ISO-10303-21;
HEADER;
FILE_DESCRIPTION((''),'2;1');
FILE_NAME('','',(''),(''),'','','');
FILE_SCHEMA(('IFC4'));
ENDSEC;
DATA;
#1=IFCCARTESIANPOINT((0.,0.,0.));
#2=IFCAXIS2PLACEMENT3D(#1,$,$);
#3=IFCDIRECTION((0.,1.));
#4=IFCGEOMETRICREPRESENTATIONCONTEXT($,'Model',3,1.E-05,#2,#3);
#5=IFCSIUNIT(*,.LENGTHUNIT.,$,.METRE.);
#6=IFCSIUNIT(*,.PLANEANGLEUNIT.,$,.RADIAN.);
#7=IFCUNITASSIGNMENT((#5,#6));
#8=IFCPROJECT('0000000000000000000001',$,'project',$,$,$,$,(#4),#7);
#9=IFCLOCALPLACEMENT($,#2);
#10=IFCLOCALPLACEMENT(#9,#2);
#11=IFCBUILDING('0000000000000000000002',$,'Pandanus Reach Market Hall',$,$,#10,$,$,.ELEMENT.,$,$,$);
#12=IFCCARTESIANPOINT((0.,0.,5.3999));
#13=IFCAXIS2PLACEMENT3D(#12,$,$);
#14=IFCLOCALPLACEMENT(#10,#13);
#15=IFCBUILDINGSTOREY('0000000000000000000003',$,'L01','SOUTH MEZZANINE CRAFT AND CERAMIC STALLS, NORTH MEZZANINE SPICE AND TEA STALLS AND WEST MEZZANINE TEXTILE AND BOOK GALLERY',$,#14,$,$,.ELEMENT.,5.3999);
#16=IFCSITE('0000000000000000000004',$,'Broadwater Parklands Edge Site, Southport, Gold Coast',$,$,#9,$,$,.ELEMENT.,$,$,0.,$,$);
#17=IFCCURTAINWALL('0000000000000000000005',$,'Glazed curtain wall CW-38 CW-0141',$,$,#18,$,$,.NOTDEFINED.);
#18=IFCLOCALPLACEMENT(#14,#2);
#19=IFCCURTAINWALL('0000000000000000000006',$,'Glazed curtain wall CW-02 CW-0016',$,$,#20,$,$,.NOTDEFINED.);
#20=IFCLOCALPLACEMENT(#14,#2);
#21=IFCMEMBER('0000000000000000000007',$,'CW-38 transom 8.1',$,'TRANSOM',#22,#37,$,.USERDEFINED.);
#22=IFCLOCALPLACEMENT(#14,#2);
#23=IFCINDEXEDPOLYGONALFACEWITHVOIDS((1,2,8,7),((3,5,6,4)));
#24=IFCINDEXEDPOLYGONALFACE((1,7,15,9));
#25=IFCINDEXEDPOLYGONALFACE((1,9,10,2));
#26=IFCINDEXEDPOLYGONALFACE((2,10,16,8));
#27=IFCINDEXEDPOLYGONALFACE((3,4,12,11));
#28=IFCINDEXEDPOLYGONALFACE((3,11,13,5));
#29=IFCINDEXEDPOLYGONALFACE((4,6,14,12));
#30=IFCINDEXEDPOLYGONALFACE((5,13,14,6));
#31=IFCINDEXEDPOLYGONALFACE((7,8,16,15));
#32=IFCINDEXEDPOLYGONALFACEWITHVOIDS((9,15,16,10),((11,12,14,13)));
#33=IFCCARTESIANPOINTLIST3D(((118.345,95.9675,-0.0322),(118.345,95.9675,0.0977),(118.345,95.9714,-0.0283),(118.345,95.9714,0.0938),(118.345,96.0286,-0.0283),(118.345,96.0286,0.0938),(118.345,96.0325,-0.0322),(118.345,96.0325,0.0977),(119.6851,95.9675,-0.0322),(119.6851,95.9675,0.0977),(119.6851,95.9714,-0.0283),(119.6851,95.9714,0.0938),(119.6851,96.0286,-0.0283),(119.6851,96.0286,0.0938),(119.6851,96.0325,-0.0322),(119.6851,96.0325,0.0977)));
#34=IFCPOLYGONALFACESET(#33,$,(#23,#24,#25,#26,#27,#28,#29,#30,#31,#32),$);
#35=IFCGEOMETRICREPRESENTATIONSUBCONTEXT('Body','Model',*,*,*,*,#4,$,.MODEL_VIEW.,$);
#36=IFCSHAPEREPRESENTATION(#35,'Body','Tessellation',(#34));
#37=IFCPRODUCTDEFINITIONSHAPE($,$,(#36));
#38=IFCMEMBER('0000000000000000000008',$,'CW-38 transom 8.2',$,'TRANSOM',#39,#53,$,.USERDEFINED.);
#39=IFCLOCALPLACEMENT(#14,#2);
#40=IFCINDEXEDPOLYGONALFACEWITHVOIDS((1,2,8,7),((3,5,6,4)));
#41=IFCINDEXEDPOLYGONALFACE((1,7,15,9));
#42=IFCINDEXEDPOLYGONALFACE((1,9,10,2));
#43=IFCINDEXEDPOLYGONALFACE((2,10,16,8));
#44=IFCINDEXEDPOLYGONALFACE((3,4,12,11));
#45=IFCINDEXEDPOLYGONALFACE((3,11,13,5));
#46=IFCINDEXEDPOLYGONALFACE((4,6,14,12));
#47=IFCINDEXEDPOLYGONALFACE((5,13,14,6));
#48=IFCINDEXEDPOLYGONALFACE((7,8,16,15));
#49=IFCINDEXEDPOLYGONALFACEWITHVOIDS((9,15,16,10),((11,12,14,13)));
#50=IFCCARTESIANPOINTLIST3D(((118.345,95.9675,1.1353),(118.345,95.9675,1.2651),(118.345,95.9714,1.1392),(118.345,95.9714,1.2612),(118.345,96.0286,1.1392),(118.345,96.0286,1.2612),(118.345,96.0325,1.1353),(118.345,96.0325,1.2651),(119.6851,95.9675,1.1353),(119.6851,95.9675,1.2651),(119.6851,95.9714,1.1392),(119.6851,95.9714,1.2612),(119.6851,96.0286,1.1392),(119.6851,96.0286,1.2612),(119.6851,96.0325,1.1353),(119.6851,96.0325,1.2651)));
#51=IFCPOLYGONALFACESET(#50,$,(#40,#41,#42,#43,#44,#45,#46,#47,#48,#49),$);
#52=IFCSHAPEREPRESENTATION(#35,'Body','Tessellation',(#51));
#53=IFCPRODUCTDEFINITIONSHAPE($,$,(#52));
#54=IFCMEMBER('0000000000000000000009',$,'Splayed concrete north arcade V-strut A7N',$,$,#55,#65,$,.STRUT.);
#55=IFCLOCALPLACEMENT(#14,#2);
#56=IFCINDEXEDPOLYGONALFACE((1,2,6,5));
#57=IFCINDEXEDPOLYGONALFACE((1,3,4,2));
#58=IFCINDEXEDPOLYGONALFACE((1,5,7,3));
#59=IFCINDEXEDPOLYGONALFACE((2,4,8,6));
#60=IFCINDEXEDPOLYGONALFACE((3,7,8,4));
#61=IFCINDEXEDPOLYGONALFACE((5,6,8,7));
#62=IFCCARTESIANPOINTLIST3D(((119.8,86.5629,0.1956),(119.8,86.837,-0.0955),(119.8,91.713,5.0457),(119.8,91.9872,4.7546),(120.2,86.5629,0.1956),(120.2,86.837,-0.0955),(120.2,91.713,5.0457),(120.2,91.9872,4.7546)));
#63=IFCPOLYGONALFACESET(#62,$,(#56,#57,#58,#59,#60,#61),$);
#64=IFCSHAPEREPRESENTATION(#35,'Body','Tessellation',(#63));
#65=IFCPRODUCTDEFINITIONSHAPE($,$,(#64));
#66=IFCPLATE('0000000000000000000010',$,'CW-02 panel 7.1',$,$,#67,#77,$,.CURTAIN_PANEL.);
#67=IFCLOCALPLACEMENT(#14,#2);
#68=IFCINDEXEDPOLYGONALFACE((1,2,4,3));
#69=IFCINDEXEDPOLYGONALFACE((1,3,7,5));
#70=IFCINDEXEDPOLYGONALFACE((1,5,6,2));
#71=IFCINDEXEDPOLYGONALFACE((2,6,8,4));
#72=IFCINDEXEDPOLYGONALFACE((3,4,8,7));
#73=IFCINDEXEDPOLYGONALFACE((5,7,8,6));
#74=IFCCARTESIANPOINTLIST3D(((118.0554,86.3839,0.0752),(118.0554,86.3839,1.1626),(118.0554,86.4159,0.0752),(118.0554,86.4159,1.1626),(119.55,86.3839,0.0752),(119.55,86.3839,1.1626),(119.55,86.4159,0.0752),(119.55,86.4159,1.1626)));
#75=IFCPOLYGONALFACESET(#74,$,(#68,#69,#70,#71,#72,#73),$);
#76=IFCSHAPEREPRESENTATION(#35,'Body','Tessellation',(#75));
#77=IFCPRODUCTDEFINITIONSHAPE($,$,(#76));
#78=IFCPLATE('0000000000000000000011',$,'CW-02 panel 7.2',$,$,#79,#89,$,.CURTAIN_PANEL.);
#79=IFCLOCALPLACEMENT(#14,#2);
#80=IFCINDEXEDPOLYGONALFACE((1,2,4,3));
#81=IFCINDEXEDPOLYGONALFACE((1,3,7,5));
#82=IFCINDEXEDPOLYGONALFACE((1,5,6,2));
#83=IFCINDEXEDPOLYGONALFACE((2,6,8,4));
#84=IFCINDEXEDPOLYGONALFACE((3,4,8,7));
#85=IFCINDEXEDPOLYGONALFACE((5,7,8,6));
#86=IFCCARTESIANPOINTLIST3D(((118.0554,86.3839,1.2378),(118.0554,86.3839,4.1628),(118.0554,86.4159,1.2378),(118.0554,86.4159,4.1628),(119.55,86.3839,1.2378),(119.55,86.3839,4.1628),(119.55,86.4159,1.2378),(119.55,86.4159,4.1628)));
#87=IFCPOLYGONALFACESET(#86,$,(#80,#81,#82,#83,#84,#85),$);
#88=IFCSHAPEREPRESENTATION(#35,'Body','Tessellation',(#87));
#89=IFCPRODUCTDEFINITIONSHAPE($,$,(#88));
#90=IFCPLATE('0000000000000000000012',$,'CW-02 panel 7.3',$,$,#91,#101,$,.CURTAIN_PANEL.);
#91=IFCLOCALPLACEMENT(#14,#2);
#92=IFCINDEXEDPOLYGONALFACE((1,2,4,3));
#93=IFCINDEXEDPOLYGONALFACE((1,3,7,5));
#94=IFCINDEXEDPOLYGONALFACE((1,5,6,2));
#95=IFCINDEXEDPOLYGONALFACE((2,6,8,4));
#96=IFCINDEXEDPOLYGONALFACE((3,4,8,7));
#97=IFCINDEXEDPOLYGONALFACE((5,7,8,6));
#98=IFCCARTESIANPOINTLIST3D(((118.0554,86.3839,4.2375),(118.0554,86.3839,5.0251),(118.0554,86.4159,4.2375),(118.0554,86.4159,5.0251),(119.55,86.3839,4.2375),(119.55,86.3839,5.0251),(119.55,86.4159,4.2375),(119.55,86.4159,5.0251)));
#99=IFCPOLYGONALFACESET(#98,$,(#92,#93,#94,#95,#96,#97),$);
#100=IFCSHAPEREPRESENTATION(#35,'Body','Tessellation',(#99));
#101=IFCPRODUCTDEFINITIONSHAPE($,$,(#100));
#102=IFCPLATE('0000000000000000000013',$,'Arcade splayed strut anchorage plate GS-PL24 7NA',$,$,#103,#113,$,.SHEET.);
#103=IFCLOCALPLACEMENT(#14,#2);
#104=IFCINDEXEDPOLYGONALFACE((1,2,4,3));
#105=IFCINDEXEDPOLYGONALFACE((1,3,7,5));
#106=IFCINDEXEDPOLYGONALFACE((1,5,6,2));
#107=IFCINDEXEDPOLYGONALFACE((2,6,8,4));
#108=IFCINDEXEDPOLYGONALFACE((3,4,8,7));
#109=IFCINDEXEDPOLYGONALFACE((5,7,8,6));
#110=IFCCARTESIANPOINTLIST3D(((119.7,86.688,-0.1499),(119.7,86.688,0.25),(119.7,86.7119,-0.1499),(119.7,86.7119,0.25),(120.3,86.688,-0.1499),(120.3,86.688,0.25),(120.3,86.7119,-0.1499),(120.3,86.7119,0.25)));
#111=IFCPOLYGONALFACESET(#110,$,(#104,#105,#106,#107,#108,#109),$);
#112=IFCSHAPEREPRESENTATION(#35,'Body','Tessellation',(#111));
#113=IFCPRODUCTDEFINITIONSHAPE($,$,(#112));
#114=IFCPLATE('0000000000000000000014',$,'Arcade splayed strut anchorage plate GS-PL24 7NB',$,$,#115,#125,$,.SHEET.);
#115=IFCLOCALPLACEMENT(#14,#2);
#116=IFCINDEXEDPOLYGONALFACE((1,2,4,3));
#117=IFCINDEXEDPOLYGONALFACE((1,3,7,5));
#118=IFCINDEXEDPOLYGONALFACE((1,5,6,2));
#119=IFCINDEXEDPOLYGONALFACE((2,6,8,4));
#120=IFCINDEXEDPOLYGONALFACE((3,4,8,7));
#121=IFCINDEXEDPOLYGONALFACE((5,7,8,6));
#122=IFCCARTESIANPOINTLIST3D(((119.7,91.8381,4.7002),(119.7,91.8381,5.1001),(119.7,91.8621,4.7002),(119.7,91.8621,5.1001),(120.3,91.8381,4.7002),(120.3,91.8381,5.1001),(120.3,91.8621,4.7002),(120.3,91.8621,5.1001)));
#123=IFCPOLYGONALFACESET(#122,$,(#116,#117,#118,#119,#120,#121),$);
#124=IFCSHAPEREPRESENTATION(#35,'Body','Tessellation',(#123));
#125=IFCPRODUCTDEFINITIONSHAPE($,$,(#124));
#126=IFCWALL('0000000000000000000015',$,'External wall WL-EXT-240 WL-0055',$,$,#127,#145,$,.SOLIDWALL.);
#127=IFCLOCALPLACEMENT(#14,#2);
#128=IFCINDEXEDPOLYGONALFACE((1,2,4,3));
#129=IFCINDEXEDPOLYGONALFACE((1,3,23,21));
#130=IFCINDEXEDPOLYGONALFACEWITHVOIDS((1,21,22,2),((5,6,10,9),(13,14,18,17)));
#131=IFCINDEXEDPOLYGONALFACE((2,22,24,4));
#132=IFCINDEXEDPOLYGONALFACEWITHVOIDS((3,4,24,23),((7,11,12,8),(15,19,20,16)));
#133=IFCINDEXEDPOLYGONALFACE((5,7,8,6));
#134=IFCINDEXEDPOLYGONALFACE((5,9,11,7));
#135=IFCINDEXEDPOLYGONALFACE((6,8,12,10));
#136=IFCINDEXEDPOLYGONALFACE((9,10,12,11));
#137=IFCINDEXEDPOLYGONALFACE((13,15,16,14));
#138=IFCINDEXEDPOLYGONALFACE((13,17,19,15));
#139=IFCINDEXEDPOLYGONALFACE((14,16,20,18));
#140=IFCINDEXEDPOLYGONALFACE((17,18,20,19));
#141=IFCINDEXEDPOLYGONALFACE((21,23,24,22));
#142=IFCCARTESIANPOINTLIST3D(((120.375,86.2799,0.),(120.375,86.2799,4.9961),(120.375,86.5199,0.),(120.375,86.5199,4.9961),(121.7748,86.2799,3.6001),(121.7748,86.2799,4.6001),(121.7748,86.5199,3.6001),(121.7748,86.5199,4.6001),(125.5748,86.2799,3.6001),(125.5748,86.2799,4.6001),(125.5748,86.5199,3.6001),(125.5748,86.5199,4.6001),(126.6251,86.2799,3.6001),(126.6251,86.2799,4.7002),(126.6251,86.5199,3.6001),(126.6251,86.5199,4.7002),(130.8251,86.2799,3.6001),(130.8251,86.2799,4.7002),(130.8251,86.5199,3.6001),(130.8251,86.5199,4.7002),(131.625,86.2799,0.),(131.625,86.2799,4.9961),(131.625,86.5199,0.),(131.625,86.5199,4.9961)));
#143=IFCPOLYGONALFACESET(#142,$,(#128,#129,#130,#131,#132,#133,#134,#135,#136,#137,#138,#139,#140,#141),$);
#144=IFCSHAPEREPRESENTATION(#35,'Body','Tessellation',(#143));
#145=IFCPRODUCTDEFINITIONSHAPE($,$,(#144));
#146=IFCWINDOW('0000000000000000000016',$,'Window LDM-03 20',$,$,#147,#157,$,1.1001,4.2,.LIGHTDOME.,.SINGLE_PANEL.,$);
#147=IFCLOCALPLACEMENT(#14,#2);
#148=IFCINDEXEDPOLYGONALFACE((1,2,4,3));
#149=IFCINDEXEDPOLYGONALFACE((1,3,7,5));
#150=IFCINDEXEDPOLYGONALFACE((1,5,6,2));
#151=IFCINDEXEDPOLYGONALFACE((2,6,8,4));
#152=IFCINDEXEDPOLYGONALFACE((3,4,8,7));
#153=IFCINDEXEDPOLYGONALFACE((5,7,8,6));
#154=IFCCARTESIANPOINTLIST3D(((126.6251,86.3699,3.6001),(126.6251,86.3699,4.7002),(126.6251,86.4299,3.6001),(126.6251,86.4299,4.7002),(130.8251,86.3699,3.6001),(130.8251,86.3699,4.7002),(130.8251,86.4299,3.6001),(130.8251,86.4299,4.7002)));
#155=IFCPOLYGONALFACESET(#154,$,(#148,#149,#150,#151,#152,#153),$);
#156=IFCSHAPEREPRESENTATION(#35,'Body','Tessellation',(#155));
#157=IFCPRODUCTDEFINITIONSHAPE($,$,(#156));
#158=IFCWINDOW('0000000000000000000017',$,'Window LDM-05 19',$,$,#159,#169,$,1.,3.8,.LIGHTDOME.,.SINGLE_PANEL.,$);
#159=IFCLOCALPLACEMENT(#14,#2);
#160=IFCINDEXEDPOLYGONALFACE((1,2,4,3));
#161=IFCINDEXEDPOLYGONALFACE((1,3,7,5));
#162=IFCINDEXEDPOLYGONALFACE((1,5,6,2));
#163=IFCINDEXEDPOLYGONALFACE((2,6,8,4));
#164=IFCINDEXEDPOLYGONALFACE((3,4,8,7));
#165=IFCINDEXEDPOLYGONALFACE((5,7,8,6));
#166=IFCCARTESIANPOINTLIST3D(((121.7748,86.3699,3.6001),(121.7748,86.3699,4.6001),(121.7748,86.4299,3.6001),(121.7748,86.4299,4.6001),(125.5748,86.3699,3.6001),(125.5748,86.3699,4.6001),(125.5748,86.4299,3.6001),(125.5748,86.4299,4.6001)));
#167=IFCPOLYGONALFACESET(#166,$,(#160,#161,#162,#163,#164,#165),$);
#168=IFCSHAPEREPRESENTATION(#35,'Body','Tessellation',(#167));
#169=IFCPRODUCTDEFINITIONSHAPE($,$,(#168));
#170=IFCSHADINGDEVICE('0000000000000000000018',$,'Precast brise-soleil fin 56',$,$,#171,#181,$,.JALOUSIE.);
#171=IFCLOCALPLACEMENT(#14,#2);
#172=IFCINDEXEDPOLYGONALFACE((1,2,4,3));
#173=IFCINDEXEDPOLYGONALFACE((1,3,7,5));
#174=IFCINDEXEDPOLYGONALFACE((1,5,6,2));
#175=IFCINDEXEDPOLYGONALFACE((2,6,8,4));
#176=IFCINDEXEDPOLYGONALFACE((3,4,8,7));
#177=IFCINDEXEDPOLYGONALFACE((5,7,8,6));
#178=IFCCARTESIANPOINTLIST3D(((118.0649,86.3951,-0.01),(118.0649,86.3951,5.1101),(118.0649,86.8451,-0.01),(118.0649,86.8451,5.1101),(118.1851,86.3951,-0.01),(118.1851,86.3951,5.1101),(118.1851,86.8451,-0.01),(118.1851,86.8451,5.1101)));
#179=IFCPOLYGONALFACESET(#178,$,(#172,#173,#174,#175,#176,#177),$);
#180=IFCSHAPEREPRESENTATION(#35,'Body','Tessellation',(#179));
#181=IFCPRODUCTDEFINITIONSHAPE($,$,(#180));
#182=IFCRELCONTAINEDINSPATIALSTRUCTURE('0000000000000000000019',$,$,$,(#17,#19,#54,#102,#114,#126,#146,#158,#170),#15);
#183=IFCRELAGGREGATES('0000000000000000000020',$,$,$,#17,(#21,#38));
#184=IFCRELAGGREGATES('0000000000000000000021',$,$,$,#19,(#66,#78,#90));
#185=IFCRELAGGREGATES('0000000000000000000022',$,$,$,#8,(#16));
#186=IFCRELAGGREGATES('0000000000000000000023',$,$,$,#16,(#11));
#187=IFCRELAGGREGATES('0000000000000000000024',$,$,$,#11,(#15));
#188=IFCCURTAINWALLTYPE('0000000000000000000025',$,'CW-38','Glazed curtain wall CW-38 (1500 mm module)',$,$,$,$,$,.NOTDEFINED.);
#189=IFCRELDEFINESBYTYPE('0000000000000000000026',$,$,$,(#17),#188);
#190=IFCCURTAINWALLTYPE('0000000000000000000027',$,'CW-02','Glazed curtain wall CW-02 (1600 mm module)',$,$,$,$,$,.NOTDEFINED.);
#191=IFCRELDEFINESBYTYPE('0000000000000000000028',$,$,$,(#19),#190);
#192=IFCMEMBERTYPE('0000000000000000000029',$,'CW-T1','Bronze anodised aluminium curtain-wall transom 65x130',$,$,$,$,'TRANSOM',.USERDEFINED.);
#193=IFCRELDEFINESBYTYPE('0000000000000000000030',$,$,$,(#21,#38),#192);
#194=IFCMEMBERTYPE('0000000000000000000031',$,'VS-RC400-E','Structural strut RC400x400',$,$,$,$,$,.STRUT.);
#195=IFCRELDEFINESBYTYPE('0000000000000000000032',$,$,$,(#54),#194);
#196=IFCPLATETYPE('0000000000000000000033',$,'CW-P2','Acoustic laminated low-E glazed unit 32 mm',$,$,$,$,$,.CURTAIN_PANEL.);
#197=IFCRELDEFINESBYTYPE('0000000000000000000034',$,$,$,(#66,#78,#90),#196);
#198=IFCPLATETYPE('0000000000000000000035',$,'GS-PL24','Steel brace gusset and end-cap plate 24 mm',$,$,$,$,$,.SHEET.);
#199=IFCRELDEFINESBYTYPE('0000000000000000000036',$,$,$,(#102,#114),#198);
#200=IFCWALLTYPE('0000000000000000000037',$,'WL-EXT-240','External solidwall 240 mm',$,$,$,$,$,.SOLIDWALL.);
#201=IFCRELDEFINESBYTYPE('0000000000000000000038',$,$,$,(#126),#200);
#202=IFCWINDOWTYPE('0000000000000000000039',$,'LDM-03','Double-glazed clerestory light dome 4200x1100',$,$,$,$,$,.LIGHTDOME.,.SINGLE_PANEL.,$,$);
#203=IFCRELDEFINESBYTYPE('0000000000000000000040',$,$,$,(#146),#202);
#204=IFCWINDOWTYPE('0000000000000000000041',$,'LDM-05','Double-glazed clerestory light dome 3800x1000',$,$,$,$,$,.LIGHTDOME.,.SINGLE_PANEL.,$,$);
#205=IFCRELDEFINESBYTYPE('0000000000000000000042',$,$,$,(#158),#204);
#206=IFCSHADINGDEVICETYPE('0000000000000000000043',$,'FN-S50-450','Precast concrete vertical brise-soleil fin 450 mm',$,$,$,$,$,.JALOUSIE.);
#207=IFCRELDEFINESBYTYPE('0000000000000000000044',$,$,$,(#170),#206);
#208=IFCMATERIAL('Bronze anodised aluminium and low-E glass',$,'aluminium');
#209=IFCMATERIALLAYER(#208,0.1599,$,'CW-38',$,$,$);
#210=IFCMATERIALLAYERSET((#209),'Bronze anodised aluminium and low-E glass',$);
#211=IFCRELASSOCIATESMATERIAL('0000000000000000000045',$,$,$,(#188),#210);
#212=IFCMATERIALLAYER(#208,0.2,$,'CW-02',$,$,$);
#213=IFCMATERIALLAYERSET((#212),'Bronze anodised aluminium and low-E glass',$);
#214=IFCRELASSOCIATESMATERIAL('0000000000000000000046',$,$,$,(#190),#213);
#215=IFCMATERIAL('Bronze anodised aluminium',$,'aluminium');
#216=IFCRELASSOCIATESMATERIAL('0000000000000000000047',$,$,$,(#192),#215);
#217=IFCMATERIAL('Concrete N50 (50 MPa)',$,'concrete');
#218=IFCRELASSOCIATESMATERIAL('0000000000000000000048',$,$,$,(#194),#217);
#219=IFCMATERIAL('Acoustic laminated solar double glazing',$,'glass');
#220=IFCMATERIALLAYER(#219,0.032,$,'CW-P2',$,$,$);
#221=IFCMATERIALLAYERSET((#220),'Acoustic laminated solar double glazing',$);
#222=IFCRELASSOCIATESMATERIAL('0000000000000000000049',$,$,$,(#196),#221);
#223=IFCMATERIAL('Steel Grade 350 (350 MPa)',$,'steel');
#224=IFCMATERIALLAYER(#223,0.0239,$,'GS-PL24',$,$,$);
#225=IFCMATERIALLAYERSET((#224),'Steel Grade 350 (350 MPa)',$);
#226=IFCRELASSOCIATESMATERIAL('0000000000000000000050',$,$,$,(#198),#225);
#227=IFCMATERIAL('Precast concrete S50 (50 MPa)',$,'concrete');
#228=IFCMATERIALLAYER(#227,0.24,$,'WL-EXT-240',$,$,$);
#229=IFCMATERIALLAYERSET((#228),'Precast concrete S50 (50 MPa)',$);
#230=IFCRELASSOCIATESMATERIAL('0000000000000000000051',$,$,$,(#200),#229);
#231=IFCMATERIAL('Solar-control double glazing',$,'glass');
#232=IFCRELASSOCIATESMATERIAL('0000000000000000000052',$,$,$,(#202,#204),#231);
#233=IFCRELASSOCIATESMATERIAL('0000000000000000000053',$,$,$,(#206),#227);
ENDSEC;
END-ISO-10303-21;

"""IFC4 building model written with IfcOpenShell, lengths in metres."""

from ifc_helpers import new_model, si_unit, direction, frame, frame_2d, origin, origin_2d, place, context, subcontext, project, spatial, rectangle, hollow_rectangle, extrude, material, layer, layer_set, material_profile, profile_set, type_object, element, fill, aggregate, save


model = new_model("IFC4")

# Units and contexts
model_context = context("Model", 3, precision=1e-05, world=origin(), true_north=direction((0.0, 1.0)))
body_context = subcontext(model_context, "Body", "Model", "MODEL_VIEW")
ifc_project = project(units=[si_unit("LENGTHUNIT", "METRE"), si_unit("PLANEANGLEUNIT", "RADIAN")], contexts=[model_context])

# Site, building, storey
site_placement = place(None, origin())
site = spatial("IfcSite", under=ifc_project, at=site_placement, Name="Broadwater Parklands Edge Site, Southport, Gold Coast", CompositionType="ELEMENT", RefElevation=0.0)
building_placement = place(site_placement, origin())
building = spatial("IfcBuilding", under=site, at=building_placement, Name="Pandanus Reach Market Hall", CompositionType="ELEMENT")
storey_placement = place(building_placement, frame((0.0, 0.0, 5.3999)))
storey = spatial("IfcBuildingStorey", under=building, at=storey_placement, Name="L01", Description="SOUTH MEZZANINE CRAFT AND CERAMIC STALLS, NORTH MEZZANINE SPICE AND TEA STALLS AND WEST MEZZANINE TEXTILE AND BOOK GALLERY", CompositionType="ELEMENT", Elevation=5.3999)

# Shared definitions
ifc_material_1 = material(Name="Concrete N50 (50 MPa)", Category="concrete")
ifc_material_2 = material(Name="Precast concrete S50 (50 MPa)", Category="concrete")

# Shared definitions
ifc_material_3 = material(Name="Steel Grade 350 (350 MPa)", Category="steel")

# Curtain walls
ifc_material_4 = material(Name="Bronze anodised aluminium and low-E glass", Category="aluminium")
ifc_layer_1 = layer(ifc_material_4, 0.1599, Name="CW-38")
ifc_layer_set_1 = layer_set([ifc_layer_1], Name="Bronze anodised aluminium and low-E glass")
curtain_wall_type_1 = type_object("IfcCurtainWallType", Name="CW-38", Description="Glazed curtain wall CW-38 (1500 mm module)", PredefinedType="NOTDEFINED", material=ifc_layer_set_1)
curtain_wall_1_placement = place(storey_placement, origin())
curtain_wall_1 = element("IfcCurtainWall", 1, at=curtain_wall_1_placement, inside=storey, type_object=curtain_wall_type_1, Name="Glazed curtain wall CW-38 CW-0141", PredefinedType="NOTDEFINED")
ifc_material_5 = material(Name="Bronze anodised aluminium", Category="aluminium")
ifc_layer_2 = layer(ifc_material_4, 0.2, Name="CW-02")
ifc_layer_set_2 = layer_set([ifc_layer_2], Name="Bronze anodised aluminium and low-E glass")
curtain_wall_type_2 = type_object("IfcCurtainWallType", Name="CW-02", Description="Glazed curtain wall CW-02 (1600 mm module)", PredefinedType="NOTDEFINED", material=ifc_layer_set_2)
curtain_wall_2_placement = place(storey_placement, origin())
curtain_wall_2 = element("IfcCurtainWall", 2, at=curtain_wall_2_placement, inside=storey, type_object=curtain_wall_type_2, Name="Glazed curtain wall CW-02 CW-0016", PredefinedType="NOTDEFINED")

# Members
ifc_material_profile_1 = material_profile(ifc_material_5, hollow_rectangle(XDim=0.0649, YDim=0.1299, WallThickness=0.0039, at=origin_2d()), Name="ALU65x130", Category="LoadBearing")
ifc_profile_set_1 = profile_set([ifc_material_profile_1], Name="Bronze anodised aluminium")
member_type_1 = type_object("IfcMemberType", Name="CW-T1", Description="Bronze anodised aluminium curtain-wall transom 65x130", ElementType="TRANSOM", PredefinedType="USERDEFINED", material=ifc_profile_set_1)
member_1_placement = place(storey_placement, frame((118.345, 96.0, 0.0327), z_axis=(1.0, 0.0, 0.0), x_axis=(0.0, 1.0, 0.0)))
member_1 = element("IfcMember", 3, at=member_1_placement, type_object=member_type_1, Name="CW-38 transom 8.1", ObjectType="TRANSOM", PredefinedType="USERDEFINED", context=body_context, shape_type="SweptSolid", body=[
    extrude(hollow_rectangle(XDim=0.0649, YDim=0.1299, WallThickness=0.0039, at=origin_2d()), origin(), (0.0, 0.0, 1.0), 1.3401),
])
member_2_placement = place(storey_placement, frame((118.345, 96.0, 1.2002), z_axis=(1.0, 0.0, 0.0), x_axis=(0.0, 1.0, 0.0)))
member_2 = element("IfcMember", 4, at=member_2_placement, type_object=member_type_1, Name="CW-38 transom 8.2", ObjectType="TRANSOM", PredefinedType="USERDEFINED", context=body_context, shape_type="SweptSolid", body=[
    extrude(hollow_rectangle(XDim=0.0649, YDim=0.1299, WallThickness=0.0039, at=origin_2d()), origin(), (0.0, 0.0, 1.0), 1.3401),
])
aggregate(curtain_wall_1, [member_1, member_2])
ifc_material_profile_2 = material_profile(ifc_material_1, rectangle(XDim=0.3999, YDim=0.3999, at=origin_2d()), Name="RC400x400", Category="LoadBearing")
ifc_profile_set_2 = profile_set([ifc_material_profile_2], Name="Concrete N50 (50 MPa)")
member_type_2 = type_object("IfcMemberType", Name="VS-RC400-E", Description="Structural strut RC400x400", PredefinedType="STRUT", material=ifc_profile_set_2)
member_3_placement = place(storey_placement, frame((120.0, 86.7, 0.05), z_axis=(0.0, 0.727995, 0.685582), x_axis=(-1.0, 0.0, 0.0)))
element("IfcMember", 5, at=member_3_placement, inside=storey, type_object=member_type_2, Name="Splayed concrete north arcade V-strut A7N", PredefinedType="STRUT", context=body_context, shape_type="SweptSolid", body=[
    extrude(rectangle(XDim=0.3999, YDim=0.3999, at=origin_2d()), origin(), (0.0, 0.0, 1.0), 7.0745),
])

# Plates
ifc_material_6 = material(Name="Acoustic laminated solar double glazing", Category="glass")
ifc_layer_3 = layer(ifc_material_6, 0.032, Name="CW-P2")
ifc_layer_set_3 = layer_set([ifc_layer_3], Name="Acoustic laminated solar double glazing")
plate_type_1 = type_object("IfcPlateType", Name="CW-P2", Description="Acoustic laminated low-E glazed unit 32 mm", PredefinedType="CURTAIN_PANEL", material=ifc_layer_set_3)
plate_1_placement = place(storey_placement, frame((118.8027, 86.3999, 0.0752), z_axis=(0.0, 0.0, 1.0), x_axis=(1.0, 0.0, 0.0)))
plate_1 = element("IfcPlate", 6, at=plate_1_placement, type_object=plate_type_1, Name="CW-02 panel 7.1", PredefinedType="CURTAIN_PANEL", context=body_context, shape_type="SweptSolid", body=[
    extrude(rectangle(XDim=1.4946, YDim=0.032, at=origin_2d()), origin(), (0.0, 0.0, 1.0), 1.0874),
])
plate_2_placement = place(storey_placement, frame((118.8027, 86.3999, 1.2378), z_axis=(0.0, 0.0, 1.0), x_axis=(1.0, 0.0, 0.0)))
plate_2 = element("IfcPlate", 7, at=plate_2_placement, type_object=plate_type_1, Name="CW-02 panel 7.2", PredefinedType="CURTAIN_PANEL", context=body_context, shape_type="SweptSolid", body=[
    extrude(rectangle(XDim=1.4946, YDim=0.032, at=origin_2d()), origin(), (0.0, 0.0, 1.0), 2.925),
])
plate_3_placement = place(storey_placement, frame((118.8027, 86.3999, 4.2375), z_axis=(0.0, 0.0, 1.0), x_axis=(1.0, 0.0, 0.0)))
plate_3 = element("IfcPlate", 8, at=plate_3_placement, type_object=plate_type_1, Name="CW-02 panel 7.3", PredefinedType="CURTAIN_PANEL", context=body_context, shape_type="SweptSolid", body=[
    extrude(rectangle(XDim=1.4946, YDim=0.032, at=origin_2d()), origin(), (0.0, 0.0, 1.0), 0.7876),
])
aggregate(curtain_wall_2, [plate_1, plate_2, plate_3])

# Plates
ifc_layer_4 = layer(ifc_material_3, 0.0239, Name="GS-PL24")
ifc_layer_set_4 = layer_set([ifc_layer_4], Name="Steel Grade 350 (350 MPa)")
plate_type_2 = type_object("IfcPlateType", Name="GS-PL24", Description="Steel brace gusset and end-cap plate 24 mm", PredefinedType="SHEET", material=ifc_layer_set_4)
for number, where, z_axis, x_axis, name in (
    (9, (120.0, 86.7, -0.1499), (0.0, 0.0, 1.0), (1.0, 0.0, 0.0), "Arcade splayed strut anchorage plate GS-PL24 7NA"),
    (10, (120.0, 91.8501, 4.7002), (0.0, 0.0, 1.0), (1.0, 0.0, 0.0), "Arcade splayed strut anchorage plate GS-PL24 7NB"),
):
    element("IfcPlate", number, at=place(storey_placement, frame(where, z_axis=z_axis, x_axis=x_axis)), inside=storey, type_object=plate_type_2, Name=name, PredefinedType="SHEET", context=body_context, shape_type="SweptSolid", body=[
        extrude(rectangle(XDim=0.6001, YDim=0.0239, at=origin_2d()), origin(), (0.0, 0.0, 1.0), 0.3999),
    ])

# Wall, openings, windows
ifc_layer_5 = layer(ifc_material_2, 0.24, Name="WL-EXT-240")
ifc_layer_set_5 = layer_set([ifc_layer_5], Name="Precast concrete S50 (50 MPa)")
wall_type = type_object("IfcWallType", Name="WL-EXT-240", Description="External solidwall 240 mm", PredefinedType="SOLIDWALL", material=ifc_layer_set_5)
wall_placement = place(storey_placement, frame((120.375, 86.3999, 0.0), z_axis=(0.0, 0.0, 1.0), x_axis=(1.0, 0.0, 0.0)))
wall = element("IfcWall", 11, at=wall_placement, inside=storey, type_object=wall_type, Name="External wall WL-EXT-240 WL-0055", PredefinedType="SOLIDWALL", context=body_context, shape_type="SweptSolid", body=[
    extrude(rectangle(XDim=11.25, YDim=0.24, at=frame_2d((5.625, 0.0))), origin(), (0.0, 0.0, 1.0), 4.9961),
])
opening_1_placement = place(wall_placement, frame((1.3999, 0.0, 3.6001)))
opening_1 = element("IfcOpeningElement", 12, at=opening_1_placement, cuts=wall, PredefinedType="OPENING", context=body_context, shape_type="SweptSolid", body=[
    extrude(rectangle(XDim=3.8, YDim=1.0, at=frame_2d((1.8999, 0.5))), frame((0.0, 0.135, 0.0), z_axis=(0.0, -1.0, 0.0), x_axis=(1.0, 0.0, 0.0)), (0.0, 0.0, 1.0), 0.27),
])
opening_2_placement = place(wall_placement, frame((6.25, 0.0, 3.6001)))
opening_2 = element("IfcOpeningElement", 13, at=opening_2_placement, cuts=wall, PredefinedType="OPENING", context=body_context, shape_type="SweptSolid", body=[
    extrude(rectangle(XDim=4.2, YDim=1.1001, at=frame_2d((2.1001, 0.55))), frame((0.0, 0.135, 0.0), z_axis=(0.0, -1.0, 0.0), x_axis=(1.0, 0.0, 0.0)), (0.0, 0.0, 1.0), 0.27),
])
ifc_material_7 = material(Name="Solar-control double glazing", Category="glass")
window_type_1 = type_object("IfcWindowType", Name="LDM-03", Description="Double-glazed clerestory light dome 4200x1100", PartitioningType="SINGLE_PANEL", PredefinedType="LIGHTDOME", material=ifc_material_7)
window_1_placement = place(opening_2_placement, origin())
window_1 = element("IfcWindow", 14, at=window_1_placement, inside=storey, type_object=window_type_1, Name="Window LDM-03 20", OverallHeight=1.1001, OverallWidth=4.2, PartitioningType="SINGLE_PANEL", PredefinedType="LIGHTDOME", context=body_context, shape_type="SweptSolid", body=[
    extrude(rectangle(XDim=4.2, YDim=1.1001, at=frame_2d((2.1001, 0.55))), frame((0.0, 0.03, 0.0), z_axis=(0.0, -1.0, 0.0), x_axis=(1.0, 0.0, 0.0)), (0.0, 0.0, 1.0), 0.0601),
])
fill(opening_2, window_1)
window_type_2 = type_object("IfcWindowType", Name="LDM-05", Description="Double-glazed clerestory light dome 3800x1000", PartitioningType="SINGLE_PANEL", PredefinedType="LIGHTDOME", material=ifc_material_7)
window_2_placement = place(opening_1_placement, origin())
window_2 = element("IfcWindow", 15, at=window_2_placement, inside=storey, type_object=window_type_2, Name="Window LDM-05 19", OverallHeight=1.0, OverallWidth=3.8, PartitioningType="SINGLE_PANEL", PredefinedType="LIGHTDOME", context=body_context, shape_type="SweptSolid", body=[
    extrude(rectangle(XDim=3.8, YDim=1.0, at=frame_2d((1.8999, 0.5))), frame((0.0, 0.03, 0.0), z_axis=(0.0, -1.0, 0.0), x_axis=(1.0, 0.0, 0.0)), (0.0, 0.0, 1.0), 0.0601),
])
fill(opening_1, window_2)

# Shading device
shading_device_type = type_object("IfcShadingDeviceType", Name="FN-S50-450", Description="Precast concrete vertical brise-soleil fin 450 mm", PredefinedType="JALOUSIE", material=ifc_material_2)
shading_device_placement = place(storey_placement, frame((118.125, 86.6201, -0.01), z_axis=(0.0, 0.0, 1.0), x_axis=(0.0, 1.0, 0.0)))
element("IfcShadingDevice", 16, at=shading_device_placement, inside=storey, type_object=shading_device_type, Name="Precast brise-soleil fin 56", PredefinedType="JALOUSIE", context=body_context, shape_type="SweptSolid", body=[
    extrude(rectangle(XDim=0.45, YDim=0.1201, at=origin_2d()), origin(), (0.0, 0.0, 1.0), 5.1201),
])

save(model, "model.ifc")
